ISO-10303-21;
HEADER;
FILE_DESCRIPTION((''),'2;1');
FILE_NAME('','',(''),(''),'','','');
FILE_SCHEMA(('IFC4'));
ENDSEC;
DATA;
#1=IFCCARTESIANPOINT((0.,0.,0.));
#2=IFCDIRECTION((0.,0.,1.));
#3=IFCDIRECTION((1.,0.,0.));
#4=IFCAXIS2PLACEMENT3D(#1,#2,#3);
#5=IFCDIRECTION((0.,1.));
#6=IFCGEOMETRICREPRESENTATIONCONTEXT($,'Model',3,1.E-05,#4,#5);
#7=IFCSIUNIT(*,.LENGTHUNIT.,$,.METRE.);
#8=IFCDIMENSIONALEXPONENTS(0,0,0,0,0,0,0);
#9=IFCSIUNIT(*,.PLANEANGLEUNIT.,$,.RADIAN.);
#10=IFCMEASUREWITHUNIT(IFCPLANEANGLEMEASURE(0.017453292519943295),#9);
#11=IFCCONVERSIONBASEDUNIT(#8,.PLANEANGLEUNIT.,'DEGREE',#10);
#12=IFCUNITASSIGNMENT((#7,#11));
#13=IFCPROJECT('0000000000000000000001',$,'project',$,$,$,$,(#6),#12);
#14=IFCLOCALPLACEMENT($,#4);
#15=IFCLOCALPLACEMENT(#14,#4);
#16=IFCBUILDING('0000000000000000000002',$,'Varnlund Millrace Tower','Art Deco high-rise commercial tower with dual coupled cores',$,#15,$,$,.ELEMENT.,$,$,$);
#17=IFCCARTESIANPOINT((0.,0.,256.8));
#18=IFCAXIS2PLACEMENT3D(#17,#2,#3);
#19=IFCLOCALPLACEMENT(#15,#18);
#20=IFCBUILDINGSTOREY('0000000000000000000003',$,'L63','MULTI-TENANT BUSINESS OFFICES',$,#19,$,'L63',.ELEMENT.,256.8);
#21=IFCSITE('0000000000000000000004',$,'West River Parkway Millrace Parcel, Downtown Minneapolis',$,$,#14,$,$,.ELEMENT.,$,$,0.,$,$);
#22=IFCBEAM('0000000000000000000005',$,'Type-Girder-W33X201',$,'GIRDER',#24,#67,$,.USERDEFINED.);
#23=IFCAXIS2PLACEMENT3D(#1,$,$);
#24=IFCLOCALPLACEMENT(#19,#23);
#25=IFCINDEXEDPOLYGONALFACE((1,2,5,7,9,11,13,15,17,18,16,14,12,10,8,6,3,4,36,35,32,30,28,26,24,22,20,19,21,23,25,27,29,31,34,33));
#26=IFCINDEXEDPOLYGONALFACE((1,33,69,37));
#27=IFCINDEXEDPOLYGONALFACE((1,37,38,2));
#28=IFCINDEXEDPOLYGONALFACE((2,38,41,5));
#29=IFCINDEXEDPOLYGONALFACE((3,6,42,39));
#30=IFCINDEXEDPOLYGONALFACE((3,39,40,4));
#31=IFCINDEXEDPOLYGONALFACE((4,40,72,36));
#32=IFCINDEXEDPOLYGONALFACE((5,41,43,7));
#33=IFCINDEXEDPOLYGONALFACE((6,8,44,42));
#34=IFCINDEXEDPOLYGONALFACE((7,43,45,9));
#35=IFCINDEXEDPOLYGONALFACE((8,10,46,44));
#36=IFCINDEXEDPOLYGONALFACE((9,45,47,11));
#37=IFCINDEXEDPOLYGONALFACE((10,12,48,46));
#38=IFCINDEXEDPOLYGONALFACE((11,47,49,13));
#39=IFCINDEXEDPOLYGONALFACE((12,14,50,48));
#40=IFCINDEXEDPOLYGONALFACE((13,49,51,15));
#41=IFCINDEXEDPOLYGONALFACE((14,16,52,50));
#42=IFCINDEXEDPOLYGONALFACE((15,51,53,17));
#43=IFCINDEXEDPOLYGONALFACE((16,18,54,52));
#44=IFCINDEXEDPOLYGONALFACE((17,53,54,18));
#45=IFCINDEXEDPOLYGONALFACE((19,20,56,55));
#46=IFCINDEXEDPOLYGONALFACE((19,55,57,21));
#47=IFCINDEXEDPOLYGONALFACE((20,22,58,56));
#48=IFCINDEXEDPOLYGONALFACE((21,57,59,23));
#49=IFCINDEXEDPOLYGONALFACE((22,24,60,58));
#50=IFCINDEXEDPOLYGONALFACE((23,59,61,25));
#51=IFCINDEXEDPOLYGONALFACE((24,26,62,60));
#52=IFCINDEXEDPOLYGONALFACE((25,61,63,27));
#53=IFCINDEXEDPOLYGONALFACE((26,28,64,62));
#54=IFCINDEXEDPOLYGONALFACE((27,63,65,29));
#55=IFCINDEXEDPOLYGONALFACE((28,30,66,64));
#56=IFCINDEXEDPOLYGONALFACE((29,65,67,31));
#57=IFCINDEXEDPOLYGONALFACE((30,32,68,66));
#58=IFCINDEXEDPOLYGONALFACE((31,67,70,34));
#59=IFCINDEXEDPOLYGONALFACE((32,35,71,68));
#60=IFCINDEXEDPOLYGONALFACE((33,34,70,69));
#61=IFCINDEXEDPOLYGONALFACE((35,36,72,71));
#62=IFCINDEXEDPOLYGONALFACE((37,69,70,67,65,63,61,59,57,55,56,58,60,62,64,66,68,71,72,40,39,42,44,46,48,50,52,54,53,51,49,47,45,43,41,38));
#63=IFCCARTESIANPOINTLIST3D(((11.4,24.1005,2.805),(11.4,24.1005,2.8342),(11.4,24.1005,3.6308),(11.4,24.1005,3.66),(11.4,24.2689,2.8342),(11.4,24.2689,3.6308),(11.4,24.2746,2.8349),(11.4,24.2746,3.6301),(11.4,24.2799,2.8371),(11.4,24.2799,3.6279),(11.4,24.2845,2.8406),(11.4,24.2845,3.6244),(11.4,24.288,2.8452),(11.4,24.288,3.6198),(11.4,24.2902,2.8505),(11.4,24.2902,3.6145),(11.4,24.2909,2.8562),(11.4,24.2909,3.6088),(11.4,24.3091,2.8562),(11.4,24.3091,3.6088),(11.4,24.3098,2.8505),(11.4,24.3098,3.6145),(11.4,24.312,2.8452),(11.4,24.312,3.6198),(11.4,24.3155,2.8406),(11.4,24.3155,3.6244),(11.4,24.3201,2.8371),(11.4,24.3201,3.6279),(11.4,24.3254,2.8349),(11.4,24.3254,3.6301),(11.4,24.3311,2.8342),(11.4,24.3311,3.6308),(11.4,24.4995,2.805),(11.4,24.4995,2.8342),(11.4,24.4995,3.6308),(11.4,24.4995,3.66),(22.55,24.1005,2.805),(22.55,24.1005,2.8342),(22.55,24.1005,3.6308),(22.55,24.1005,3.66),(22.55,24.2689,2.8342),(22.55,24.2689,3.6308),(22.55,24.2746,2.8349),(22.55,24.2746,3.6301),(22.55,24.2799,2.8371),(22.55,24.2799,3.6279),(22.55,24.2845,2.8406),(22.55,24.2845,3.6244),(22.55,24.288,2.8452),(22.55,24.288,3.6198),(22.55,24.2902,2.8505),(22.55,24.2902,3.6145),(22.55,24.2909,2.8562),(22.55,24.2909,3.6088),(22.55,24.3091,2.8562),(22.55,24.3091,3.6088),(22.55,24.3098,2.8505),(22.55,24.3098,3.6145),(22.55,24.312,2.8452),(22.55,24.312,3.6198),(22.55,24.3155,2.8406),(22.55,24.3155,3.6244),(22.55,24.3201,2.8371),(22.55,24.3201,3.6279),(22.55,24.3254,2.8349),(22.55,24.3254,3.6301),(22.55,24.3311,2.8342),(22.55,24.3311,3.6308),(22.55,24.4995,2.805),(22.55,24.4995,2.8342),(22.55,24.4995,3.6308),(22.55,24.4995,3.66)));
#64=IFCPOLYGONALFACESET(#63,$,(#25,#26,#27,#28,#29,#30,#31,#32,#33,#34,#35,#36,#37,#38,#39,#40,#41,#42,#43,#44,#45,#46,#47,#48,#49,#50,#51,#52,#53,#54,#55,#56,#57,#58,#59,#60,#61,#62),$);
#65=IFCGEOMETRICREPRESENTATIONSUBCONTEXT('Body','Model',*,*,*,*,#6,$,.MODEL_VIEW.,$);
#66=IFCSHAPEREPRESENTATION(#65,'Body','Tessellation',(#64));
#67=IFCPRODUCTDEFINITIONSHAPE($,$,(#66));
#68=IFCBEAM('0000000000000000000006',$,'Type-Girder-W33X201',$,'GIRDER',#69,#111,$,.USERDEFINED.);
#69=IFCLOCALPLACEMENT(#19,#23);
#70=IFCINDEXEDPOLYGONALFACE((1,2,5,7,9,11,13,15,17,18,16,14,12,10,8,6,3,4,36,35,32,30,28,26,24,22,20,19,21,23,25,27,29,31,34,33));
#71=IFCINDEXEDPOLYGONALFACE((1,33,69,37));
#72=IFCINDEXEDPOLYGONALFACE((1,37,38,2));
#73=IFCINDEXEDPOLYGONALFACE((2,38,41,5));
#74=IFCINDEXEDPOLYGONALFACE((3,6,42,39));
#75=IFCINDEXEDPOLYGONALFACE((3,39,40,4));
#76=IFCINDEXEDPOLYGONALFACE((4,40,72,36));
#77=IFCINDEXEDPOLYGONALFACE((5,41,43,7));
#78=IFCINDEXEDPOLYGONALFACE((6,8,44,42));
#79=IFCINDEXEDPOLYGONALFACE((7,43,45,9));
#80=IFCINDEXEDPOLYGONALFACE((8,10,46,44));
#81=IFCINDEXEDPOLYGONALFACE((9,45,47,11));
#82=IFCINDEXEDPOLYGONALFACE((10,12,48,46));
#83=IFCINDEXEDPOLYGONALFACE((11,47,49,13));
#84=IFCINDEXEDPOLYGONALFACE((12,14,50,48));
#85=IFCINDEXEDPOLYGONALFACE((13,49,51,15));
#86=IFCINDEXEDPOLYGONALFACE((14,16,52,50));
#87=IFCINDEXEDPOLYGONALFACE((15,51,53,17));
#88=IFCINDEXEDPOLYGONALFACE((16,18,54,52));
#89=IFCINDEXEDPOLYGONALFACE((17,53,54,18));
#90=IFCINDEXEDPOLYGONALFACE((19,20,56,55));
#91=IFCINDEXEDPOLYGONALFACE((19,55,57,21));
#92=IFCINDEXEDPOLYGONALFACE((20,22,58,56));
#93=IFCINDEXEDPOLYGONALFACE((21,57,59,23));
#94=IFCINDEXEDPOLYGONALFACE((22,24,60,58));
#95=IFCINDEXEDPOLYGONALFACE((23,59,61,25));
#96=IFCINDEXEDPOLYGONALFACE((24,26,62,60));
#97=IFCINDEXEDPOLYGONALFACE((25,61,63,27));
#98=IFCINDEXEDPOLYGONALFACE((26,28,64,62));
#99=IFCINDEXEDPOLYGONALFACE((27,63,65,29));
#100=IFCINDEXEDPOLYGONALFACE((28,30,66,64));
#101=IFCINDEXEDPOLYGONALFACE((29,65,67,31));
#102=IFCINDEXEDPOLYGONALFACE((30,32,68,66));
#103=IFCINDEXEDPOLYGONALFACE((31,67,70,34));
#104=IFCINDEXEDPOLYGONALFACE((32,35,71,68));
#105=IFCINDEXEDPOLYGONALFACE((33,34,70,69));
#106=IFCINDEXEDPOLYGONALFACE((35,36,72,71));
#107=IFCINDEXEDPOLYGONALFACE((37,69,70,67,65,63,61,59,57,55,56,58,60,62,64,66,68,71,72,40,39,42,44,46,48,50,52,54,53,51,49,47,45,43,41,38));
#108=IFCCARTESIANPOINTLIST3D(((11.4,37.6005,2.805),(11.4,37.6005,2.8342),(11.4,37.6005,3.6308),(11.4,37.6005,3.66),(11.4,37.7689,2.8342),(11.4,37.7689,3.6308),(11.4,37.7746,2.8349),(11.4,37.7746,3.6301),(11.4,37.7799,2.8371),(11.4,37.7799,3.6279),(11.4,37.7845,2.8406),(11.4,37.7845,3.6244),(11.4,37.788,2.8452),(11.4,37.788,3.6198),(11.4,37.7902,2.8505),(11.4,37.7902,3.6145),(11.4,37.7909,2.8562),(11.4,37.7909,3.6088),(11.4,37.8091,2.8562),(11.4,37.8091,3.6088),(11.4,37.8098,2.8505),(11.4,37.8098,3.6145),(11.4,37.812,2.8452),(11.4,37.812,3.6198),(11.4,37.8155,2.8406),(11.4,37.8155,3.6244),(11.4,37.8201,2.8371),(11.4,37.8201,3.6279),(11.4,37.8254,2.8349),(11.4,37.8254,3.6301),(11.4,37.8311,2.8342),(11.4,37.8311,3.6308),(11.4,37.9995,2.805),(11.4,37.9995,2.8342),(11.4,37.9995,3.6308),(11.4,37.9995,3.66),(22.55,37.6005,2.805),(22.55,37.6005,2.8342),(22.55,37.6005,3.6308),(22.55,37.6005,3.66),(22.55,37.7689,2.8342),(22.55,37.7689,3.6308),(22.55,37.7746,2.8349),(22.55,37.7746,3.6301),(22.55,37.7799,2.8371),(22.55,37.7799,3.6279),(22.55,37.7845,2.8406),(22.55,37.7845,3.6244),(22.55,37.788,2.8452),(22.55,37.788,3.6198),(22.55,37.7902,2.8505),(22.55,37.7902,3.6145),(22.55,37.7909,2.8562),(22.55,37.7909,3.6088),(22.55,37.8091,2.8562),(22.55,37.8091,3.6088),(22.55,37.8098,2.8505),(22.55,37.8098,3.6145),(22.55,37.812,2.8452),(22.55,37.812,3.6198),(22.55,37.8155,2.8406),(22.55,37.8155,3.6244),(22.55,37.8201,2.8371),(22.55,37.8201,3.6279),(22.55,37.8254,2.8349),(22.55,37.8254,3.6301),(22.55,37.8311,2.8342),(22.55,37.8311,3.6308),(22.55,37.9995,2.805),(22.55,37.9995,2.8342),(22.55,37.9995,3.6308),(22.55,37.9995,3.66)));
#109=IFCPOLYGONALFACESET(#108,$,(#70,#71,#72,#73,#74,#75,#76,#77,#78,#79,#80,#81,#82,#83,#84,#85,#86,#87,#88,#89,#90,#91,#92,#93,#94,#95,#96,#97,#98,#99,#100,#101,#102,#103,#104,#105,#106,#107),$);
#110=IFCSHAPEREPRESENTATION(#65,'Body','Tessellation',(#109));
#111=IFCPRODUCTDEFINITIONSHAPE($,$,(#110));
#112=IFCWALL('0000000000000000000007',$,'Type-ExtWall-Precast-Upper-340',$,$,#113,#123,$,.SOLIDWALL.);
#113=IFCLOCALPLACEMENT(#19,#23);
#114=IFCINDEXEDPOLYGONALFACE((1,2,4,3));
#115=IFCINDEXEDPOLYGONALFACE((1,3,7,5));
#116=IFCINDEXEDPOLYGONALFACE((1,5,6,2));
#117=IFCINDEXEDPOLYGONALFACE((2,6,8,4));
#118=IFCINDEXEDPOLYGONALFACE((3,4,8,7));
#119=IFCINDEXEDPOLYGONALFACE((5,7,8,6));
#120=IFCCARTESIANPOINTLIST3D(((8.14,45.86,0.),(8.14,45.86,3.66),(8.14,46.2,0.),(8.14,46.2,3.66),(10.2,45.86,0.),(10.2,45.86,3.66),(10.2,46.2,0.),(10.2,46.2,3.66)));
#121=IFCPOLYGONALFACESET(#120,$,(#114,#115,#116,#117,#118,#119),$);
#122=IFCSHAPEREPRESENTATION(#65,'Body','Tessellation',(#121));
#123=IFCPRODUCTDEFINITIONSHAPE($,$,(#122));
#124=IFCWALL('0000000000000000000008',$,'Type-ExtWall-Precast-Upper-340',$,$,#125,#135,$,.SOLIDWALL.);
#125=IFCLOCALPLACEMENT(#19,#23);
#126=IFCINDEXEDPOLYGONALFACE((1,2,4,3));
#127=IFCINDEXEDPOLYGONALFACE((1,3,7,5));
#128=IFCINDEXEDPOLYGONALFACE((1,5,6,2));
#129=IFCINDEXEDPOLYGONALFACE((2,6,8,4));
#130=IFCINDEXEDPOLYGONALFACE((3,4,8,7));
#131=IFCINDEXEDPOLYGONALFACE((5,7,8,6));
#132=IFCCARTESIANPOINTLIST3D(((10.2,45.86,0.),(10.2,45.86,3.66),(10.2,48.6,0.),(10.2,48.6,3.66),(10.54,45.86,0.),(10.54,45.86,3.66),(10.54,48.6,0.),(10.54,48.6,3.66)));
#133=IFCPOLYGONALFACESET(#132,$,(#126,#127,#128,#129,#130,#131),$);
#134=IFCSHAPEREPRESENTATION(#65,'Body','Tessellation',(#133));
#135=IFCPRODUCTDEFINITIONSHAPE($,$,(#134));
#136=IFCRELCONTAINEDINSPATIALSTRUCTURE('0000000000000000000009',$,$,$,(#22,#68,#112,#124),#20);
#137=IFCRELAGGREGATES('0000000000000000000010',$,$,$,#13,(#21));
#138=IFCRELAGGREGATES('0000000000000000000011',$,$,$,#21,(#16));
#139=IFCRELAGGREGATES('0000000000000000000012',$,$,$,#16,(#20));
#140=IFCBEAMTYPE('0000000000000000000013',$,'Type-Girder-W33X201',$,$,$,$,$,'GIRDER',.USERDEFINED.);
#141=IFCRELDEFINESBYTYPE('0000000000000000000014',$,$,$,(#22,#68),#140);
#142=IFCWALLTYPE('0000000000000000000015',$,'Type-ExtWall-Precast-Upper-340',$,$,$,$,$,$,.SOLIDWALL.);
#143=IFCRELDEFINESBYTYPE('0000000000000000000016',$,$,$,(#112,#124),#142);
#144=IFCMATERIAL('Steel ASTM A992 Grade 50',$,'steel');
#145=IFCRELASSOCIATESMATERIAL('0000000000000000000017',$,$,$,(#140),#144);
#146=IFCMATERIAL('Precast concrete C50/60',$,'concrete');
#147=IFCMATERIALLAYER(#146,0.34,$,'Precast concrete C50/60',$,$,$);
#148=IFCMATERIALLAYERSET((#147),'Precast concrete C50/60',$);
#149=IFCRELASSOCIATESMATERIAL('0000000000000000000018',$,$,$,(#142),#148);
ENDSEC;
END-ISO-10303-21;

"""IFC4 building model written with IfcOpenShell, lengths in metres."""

from ifc_helpers import new_model, entity, si_unit, converted_unit, direction, frame, origin_with_axes, origin_2d_with_axis, place, context, subcontext, project, spatial, polyline, i_section, outline, extrude, material, layer, layer_set, material_profile, profile_set, type_object, element, save


model = new_model("IFC4")

# Units and contexts
model_context = context("Model", 3, precision=1e-05, world=origin_with_axes(), true_north=direction((0.0, 1.0)))
body_context = subcontext(model_context, "Body", "Model", "MODEL_VIEW")
ifc_project = project(units=[si_unit("LENGTHUNIT", "METRE"), converted_unit("PLANEANGLEUNIT", "DEGREE", entity("IfcPlaneAngleMeasure", 0.017453292519943295), si_unit("PLANEANGLEUNIT", "RADIAN"), dimensions=[0, 0, 0, 0, 0, 0, 0])], contexts=[model_context])

# Site, building, storey
site_placement = place(None, origin_with_axes())
site = spatial("IfcSite", under=ifc_project, at=site_placement, Name="West River Parkway Millrace Parcel, Downtown Minneapolis", CompositionType="ELEMENT", RefElevation=0.0)
building_placement = place(site_placement, origin_with_axes())
building = spatial("IfcBuilding", under=site, at=building_placement, Name="Varnlund Millrace Tower", Description="Art Deco high-rise commercial tower with dual coupled cores", CompositionType="ELEMENT")
storey_placement = place(building_placement, frame((0.0, 0.0, 256.8), z_axis=(0.0, 0.0, 1.0), x_axis=(1.0, 0.0, 0.0)))
storey = spatial("IfcBuildingStorey", under=building, at=storey_placement, Name="L63", Description="MULTI-TENANT BUSINESS OFFICES", LongName="L63", CompositionType="ELEMENT", Elevation=256.8)

# Beams
ifc_material_1 = material(Name="Steel ASTM A992 Grade 50", Category="steel")
ifc_material_profile_1 = material_profile(ifc_material_1, i_section(OverallWidth=0.399, OverallDepth=0.855, WebThickness=0.0182, FlangeThickness=0.0292, FilletRadius=0.022, at=origin_2d_with_axis()), Name="Steel ASTM A992 Grade 50")
ifc_profile_set_1 = profile_set([ifc_material_profile_1], Name="Steel ASTM A992 Grade 50")
beam_type_1 = type_object("IfcBeamType", Name="Type-Girder-W33X201", ElementType="GIRDER", PredefinedType="USERDEFINED", material=ifc_profile_set_1)
for number, where, z_axis, x_axis, name in (
    (1, (11.4, 24.3, 3.2325), (1.0, 0.0, 0.0), (0.0, 1.0, 0.0), "Type-Girder-W33X201"),
    (2, (11.4, 37.8, 3.2325), (1.0, 0.0, 0.0), (0.0, 1.0, 0.0), "Type-Girder-W33X201"),
):
    element("IfcBeam", number, at=place(storey_placement, frame(where, z_axis=z_axis, x_axis=x_axis)), inside=storey, type_object=beam_type_1, Name=name, ObjectType="GIRDER", PredefinedType="USERDEFINED", context=body_context, shape_type="SweptSolid", body=[
        extrude(i_section(OverallWidth=0.399, OverallDepth=0.855, WebThickness=0.0182, FlangeThickness=0.0292, FilletRadius=0.022, at=origin_2d_with_axis()), origin_with_axes(), (0.0, 0.0, 1.0), 11.15),
    ])

# Walls
ifc_material_2 = material(Name="Precast concrete C50/60", Category="concrete")
ifc_layer_1 = layer(ifc_material_2, 0.34, Name="Precast concrete C50/60")
ifc_layer_set_1 = layer_set([ifc_layer_1], Name="Precast concrete C50/60")
wall_type_1 = type_object("IfcWallType", Name="Type-ExtWall-Precast-Upper-340", PredefinedType="SOLIDWALL", material=ifc_layer_set_1)
wall_1_placement = place(storey_placement, frame((8.14, 46.03, 0.0), z_axis=(0.0, 0.0, 1.0), x_axis=(1.0, 0.0, 0.0)))
element("IfcWall", 3, at=wall_1_placement, inside=storey, type_object=wall_type_1, Name="Type-ExtWall-Precast-Upper-340", PredefinedType="SOLIDWALL", context=body_context, shape_type="SweptSolid", body=[
    extrude(outline(polyline([(0.0, -0.17), (2.06, -0.17), (2.06, 0.17), (0.0, 0.17), (0.0, -0.17)])), origin_with_axes(), (0.0, 0.0, 1.0), 3.66),
])
wall_2_placement = place(storey_placement, frame((10.37, 45.86, 0.0), z_axis=(0.0, 0.0, 1.0), x_axis=(0.0, 1.0, 0.0)))
element("IfcWall", 4, at=wall_2_placement, inside=storey, type_object=wall_type_1, Name="Type-ExtWall-Precast-Upper-340", PredefinedType="SOLIDWALL", context=body_context, shape_type="SweptSolid", body=[
    extrude(outline(polyline([(0.0, -0.17), (2.74, -0.17), (2.74, 0.17), (0.0, 0.17), (0.0, -0.17)])), origin_with_axes(), (0.0, 0.0, 1.0), 3.66),
])

save(model, "model.ifc")
